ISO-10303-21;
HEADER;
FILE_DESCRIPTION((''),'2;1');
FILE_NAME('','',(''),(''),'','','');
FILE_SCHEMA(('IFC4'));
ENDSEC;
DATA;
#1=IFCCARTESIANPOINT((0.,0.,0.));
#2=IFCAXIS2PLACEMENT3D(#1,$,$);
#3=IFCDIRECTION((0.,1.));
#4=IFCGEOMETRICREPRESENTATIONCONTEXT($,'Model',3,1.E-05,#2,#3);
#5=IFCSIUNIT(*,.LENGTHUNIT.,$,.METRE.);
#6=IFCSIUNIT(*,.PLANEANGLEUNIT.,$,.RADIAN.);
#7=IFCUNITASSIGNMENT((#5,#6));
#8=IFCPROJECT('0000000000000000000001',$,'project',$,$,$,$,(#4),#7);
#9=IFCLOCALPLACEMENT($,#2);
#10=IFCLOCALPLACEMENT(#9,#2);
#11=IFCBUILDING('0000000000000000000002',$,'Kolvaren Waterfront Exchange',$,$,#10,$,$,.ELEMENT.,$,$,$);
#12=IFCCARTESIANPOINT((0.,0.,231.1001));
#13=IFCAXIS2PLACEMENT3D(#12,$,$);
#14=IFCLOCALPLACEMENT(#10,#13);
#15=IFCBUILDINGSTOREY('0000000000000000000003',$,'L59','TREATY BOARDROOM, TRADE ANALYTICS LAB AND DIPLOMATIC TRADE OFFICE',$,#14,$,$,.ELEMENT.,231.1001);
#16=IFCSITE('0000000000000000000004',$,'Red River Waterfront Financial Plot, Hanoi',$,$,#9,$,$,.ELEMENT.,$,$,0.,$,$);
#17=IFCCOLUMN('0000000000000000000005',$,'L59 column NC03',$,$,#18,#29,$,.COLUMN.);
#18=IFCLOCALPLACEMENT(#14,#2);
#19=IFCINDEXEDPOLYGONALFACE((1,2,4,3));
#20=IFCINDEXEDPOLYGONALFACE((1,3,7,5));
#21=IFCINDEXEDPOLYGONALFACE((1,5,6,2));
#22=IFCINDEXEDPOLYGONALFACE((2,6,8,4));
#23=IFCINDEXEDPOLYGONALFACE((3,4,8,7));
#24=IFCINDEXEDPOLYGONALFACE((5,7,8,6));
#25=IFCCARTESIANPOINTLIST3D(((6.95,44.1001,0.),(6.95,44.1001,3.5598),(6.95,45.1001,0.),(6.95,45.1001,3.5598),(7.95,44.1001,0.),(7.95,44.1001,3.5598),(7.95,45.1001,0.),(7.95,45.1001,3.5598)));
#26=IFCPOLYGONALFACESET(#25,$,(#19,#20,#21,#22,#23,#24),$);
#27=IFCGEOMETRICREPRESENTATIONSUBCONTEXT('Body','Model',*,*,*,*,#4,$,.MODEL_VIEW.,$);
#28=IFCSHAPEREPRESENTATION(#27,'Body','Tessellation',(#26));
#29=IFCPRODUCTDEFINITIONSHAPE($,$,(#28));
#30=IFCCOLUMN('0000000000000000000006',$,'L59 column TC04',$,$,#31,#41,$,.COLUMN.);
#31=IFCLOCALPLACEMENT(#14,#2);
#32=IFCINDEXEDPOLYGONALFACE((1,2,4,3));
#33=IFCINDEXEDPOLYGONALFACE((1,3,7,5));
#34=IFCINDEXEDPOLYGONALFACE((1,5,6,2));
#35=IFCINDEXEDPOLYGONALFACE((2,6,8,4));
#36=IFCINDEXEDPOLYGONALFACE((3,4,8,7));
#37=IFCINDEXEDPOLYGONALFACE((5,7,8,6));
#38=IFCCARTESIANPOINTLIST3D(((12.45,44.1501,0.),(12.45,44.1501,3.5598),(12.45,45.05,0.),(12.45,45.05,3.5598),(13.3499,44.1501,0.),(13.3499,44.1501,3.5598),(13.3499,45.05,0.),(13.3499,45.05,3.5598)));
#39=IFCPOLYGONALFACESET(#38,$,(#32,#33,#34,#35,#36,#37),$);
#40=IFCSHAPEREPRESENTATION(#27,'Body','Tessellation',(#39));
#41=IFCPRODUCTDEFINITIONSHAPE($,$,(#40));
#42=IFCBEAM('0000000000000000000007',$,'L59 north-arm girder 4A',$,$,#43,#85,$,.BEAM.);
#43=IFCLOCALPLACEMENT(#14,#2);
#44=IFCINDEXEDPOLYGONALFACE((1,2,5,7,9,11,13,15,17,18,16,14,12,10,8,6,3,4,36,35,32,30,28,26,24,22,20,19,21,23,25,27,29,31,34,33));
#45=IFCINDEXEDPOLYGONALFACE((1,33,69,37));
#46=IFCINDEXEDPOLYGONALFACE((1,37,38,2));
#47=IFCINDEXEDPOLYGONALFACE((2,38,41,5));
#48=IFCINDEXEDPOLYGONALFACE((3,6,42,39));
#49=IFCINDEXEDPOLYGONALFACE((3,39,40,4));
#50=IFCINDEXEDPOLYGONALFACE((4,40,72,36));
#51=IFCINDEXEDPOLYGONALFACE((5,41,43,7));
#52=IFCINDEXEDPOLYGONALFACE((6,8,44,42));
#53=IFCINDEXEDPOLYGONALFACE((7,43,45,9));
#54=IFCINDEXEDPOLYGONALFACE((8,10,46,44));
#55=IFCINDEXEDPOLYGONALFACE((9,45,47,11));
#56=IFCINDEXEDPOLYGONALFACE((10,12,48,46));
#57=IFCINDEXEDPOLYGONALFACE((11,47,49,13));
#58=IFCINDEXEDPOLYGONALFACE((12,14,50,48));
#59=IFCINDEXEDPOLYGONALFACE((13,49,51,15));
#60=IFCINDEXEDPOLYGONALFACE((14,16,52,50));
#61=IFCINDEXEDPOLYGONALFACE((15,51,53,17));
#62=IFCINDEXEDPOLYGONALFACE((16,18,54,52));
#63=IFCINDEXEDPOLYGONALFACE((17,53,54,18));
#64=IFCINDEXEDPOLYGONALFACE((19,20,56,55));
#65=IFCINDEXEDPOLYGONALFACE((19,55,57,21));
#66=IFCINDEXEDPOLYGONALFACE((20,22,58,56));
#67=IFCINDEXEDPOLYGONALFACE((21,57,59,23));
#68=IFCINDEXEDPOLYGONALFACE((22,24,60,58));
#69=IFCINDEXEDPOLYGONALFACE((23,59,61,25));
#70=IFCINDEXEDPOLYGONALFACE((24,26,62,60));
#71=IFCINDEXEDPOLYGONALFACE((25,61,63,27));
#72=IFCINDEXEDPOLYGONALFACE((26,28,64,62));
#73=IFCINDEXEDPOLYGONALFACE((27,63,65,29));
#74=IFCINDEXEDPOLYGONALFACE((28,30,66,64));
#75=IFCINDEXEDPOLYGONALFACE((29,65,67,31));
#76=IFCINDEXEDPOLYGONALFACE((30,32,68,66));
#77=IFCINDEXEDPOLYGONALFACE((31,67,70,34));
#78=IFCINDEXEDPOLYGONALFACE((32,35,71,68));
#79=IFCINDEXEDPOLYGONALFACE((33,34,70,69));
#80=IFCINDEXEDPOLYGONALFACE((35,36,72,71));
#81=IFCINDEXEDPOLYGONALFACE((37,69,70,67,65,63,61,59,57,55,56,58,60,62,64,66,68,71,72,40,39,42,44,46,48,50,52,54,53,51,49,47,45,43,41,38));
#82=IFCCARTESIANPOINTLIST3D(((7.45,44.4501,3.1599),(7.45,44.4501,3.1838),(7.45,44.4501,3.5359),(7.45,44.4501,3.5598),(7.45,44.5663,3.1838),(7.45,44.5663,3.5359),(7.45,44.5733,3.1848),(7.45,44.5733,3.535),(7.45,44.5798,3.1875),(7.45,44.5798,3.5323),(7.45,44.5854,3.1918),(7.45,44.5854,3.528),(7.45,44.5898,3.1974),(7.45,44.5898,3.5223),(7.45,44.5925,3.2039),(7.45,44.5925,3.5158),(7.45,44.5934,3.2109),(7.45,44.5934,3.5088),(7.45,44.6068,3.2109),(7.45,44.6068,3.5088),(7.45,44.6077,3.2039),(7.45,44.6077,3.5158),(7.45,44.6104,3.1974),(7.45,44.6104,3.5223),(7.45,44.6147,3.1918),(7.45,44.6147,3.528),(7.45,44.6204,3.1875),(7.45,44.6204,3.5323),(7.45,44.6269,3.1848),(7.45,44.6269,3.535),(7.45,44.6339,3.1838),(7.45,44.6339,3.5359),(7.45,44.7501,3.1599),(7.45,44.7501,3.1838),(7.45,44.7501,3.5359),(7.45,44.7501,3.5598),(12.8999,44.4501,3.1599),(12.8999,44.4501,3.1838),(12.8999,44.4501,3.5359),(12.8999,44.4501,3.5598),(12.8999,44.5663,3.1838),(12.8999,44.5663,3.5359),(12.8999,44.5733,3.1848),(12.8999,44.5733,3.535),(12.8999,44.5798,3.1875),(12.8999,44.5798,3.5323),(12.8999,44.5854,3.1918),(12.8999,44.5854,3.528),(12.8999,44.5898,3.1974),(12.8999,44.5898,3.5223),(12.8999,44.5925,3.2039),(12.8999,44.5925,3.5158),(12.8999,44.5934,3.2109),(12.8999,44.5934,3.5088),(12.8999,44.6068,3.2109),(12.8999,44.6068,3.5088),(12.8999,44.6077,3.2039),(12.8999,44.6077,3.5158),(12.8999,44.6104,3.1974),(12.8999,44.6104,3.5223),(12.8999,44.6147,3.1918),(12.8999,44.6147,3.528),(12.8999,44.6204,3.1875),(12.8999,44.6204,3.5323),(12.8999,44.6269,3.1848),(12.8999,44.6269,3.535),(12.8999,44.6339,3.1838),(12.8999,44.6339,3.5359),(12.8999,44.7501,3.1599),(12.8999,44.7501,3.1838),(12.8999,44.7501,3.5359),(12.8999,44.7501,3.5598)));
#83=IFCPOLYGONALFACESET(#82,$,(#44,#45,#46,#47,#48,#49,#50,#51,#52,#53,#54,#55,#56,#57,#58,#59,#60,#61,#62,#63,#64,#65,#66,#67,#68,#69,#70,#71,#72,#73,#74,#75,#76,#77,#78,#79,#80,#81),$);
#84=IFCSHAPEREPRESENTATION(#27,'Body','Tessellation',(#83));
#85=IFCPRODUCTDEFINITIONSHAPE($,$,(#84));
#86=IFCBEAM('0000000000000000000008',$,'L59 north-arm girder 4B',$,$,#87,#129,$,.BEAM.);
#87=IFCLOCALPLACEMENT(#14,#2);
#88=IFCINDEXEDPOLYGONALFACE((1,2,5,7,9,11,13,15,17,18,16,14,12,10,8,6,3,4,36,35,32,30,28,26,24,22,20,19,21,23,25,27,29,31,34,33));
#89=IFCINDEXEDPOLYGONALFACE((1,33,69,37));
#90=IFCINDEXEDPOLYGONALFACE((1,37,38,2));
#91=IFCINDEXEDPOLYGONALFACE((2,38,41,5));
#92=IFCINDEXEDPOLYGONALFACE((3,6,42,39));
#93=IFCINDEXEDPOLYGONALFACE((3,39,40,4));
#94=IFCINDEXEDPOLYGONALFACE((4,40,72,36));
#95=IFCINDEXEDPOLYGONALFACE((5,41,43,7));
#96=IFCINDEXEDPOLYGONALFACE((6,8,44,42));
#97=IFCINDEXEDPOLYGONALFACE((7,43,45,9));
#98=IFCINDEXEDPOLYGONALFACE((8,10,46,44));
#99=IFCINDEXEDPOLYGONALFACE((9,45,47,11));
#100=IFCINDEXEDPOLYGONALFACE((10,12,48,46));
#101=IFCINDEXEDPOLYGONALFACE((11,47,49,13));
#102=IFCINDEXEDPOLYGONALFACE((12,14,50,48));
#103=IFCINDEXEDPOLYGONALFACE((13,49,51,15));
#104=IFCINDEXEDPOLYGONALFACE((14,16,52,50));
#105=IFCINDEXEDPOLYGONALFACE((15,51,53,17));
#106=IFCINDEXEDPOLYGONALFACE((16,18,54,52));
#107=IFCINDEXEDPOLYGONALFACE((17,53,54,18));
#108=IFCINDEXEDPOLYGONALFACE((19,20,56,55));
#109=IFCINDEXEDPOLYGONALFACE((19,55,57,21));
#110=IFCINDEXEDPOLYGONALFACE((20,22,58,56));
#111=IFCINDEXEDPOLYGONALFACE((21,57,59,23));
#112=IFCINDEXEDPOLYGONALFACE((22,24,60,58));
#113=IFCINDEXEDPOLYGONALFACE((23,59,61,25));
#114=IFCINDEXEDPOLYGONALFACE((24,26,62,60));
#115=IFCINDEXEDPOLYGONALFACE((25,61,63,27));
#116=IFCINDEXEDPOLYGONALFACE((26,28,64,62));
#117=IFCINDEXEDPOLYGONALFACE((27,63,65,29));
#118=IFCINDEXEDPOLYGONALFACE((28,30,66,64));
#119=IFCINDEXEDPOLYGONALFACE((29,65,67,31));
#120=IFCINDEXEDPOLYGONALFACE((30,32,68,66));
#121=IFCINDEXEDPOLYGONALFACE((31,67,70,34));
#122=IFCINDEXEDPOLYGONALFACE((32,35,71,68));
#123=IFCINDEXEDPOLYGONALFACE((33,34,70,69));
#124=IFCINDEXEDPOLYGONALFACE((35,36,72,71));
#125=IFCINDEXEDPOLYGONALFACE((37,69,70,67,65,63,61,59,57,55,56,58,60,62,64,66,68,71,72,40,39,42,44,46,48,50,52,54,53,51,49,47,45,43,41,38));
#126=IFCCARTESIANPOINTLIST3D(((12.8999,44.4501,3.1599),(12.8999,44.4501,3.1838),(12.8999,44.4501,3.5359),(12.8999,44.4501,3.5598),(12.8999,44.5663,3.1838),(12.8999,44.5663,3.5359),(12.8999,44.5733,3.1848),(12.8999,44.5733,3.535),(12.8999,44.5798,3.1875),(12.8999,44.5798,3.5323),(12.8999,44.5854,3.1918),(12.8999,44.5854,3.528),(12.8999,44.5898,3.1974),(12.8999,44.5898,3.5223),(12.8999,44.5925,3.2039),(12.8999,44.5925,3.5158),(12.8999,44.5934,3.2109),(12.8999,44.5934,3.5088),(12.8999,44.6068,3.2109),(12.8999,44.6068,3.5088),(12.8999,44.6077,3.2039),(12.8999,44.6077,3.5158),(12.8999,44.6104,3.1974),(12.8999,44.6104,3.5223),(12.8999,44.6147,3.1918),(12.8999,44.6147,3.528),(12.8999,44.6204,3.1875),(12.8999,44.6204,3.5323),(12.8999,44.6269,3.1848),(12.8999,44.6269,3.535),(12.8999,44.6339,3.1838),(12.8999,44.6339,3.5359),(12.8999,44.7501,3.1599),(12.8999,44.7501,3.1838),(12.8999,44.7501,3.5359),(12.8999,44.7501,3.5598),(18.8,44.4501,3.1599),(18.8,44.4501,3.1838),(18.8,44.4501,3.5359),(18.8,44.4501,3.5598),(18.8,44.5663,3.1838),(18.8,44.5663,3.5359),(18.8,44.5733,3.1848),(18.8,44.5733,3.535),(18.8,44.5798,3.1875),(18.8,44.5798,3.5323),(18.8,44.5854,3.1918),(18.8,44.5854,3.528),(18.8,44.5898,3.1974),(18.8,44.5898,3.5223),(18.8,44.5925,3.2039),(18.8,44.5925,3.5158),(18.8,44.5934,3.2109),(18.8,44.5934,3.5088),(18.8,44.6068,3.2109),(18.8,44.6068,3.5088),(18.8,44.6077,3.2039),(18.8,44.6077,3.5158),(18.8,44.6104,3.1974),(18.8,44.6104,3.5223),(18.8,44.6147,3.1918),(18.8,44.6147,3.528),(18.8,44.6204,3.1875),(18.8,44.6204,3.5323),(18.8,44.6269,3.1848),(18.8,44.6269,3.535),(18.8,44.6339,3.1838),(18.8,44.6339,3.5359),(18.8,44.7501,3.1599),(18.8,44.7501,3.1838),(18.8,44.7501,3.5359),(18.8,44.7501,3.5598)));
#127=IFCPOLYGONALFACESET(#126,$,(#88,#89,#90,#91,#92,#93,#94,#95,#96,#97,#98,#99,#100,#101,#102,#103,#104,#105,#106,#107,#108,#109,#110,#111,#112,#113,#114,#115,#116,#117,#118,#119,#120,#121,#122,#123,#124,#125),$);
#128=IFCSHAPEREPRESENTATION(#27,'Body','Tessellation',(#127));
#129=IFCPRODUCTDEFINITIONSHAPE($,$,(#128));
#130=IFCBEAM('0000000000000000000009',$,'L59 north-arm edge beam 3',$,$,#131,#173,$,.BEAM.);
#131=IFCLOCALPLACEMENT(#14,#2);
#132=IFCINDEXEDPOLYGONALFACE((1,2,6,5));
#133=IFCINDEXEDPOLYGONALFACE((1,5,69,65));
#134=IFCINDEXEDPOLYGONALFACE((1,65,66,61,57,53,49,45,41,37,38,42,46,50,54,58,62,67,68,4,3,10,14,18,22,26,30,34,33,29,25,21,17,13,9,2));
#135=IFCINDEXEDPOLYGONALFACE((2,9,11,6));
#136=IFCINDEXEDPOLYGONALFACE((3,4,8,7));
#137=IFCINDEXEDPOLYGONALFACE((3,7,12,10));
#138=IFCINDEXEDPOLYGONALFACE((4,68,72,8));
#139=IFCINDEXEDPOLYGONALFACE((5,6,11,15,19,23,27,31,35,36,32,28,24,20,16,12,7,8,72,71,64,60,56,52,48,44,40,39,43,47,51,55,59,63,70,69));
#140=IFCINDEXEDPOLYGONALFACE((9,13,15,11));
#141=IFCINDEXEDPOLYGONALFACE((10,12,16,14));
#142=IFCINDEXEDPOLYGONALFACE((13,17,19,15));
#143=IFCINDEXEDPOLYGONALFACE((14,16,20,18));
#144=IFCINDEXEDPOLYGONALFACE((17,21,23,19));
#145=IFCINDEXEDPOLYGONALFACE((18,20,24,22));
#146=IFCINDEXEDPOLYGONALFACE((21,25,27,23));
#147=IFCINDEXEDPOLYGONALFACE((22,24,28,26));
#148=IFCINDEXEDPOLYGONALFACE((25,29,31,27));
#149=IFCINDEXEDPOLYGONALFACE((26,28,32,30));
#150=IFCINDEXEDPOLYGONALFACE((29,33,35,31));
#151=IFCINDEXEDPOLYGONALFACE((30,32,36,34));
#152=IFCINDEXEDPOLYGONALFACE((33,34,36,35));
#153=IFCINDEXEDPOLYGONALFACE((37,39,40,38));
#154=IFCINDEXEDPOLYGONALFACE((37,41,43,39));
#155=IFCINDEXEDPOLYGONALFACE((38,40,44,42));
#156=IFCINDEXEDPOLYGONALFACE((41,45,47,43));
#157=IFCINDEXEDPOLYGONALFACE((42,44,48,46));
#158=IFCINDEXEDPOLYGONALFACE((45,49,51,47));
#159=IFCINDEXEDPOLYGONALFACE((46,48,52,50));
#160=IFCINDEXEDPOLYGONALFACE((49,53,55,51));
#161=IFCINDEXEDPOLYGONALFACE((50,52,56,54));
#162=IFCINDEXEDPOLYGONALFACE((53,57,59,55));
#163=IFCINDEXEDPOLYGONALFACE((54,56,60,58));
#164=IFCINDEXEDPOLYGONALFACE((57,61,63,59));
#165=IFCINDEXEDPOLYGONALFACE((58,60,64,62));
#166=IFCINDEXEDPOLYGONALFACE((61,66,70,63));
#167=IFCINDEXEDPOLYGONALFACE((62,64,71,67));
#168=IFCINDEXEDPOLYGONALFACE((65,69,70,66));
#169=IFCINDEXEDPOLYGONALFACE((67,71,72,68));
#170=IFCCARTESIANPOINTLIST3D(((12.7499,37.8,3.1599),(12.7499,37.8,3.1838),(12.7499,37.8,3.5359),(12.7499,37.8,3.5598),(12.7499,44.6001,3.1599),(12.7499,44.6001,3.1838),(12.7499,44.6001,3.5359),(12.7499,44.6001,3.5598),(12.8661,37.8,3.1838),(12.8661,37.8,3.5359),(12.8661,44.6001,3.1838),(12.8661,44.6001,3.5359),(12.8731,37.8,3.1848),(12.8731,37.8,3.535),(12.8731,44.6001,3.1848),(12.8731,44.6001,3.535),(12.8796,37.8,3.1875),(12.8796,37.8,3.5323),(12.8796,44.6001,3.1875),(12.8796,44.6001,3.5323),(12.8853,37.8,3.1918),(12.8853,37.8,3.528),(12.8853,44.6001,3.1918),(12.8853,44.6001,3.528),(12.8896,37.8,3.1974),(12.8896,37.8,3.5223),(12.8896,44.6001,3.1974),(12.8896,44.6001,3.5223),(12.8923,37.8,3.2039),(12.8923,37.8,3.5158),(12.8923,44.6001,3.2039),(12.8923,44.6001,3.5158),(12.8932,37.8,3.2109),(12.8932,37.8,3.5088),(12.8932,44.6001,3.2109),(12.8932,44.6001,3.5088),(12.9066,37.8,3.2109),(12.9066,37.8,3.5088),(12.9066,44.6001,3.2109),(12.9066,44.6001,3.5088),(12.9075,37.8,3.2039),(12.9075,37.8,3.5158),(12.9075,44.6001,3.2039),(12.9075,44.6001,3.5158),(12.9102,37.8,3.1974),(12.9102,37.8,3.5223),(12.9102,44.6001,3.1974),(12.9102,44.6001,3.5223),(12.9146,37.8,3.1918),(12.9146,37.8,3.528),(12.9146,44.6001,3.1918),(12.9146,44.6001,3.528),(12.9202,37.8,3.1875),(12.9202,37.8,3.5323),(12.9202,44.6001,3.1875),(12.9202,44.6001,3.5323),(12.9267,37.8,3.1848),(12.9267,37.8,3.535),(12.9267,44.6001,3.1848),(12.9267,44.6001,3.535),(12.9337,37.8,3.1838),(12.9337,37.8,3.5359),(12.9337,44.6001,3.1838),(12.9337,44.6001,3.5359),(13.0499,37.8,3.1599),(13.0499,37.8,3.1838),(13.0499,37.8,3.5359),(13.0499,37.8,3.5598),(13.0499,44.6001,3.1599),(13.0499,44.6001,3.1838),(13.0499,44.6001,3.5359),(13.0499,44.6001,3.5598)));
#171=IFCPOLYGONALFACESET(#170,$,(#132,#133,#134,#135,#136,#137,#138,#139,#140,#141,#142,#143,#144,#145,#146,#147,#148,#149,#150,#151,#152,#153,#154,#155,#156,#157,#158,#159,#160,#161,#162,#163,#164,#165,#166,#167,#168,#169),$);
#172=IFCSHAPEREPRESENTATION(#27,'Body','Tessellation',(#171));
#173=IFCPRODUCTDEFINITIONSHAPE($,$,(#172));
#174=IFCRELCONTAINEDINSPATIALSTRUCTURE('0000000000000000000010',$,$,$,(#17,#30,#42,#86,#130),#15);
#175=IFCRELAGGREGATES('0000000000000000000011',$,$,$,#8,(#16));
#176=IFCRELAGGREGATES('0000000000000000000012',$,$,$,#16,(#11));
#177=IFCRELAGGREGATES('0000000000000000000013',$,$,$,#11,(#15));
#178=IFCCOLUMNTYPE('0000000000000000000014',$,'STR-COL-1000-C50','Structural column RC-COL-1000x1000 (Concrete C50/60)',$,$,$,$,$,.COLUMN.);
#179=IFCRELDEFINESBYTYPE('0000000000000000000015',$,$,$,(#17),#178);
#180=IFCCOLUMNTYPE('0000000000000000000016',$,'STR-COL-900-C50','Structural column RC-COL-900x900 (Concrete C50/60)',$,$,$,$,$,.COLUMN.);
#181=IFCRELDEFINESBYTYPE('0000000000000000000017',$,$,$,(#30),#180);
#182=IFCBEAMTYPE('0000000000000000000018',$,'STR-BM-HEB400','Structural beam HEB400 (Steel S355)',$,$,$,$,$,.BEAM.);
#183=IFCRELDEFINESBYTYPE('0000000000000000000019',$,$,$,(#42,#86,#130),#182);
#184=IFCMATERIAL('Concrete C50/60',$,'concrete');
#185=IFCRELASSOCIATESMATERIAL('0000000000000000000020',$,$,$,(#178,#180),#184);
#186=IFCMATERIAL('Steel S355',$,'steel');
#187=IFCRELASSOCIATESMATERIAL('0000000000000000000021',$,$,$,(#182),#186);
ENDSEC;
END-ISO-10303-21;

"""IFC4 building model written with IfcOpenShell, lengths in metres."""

from ifc_helpers import new_model, si_unit, direction, frame, origin, origin_2d, place, context, subcontext, project, spatial, rectangle, i_section, extrude, material, material_profile, profile_set, type_object, element, save


model = new_model("IFC4")

# Units and contexts
model_context = context("Model", 3, precision=1e-05, world=origin(), true_north=direction((0.0, 1.0)))
body_context = subcontext(model_context, "Body", "Model", "MODEL_VIEW")
ifc_project = project(units=[si_unit("LENGTHUNIT", "METRE"), si_unit("PLANEANGLEUNIT", "RADIAN")], contexts=[model_context])

# Site, building, storey
site_placement = place(None, origin())
site = spatial("IfcSite", under=ifc_project, at=site_placement, Name="Red River Waterfront Financial Plot, Hanoi", CompositionType="ELEMENT", RefElevation=0.0)
building_placement = place(site_placement, origin())
building = spatial("IfcBuilding", under=site, at=building_placement, Name="Kolvaren Waterfront Exchange", CompositionType="ELEMENT")
storey_placement = place(building_placement, frame((0.0, 0.0, 231.1001)))
storey = spatial("IfcBuildingStorey", under=building, at=storey_placement, Name="L59", Description="TREATY BOARDROOM, TRADE ANALYTICS LAB AND DIPLOMATIC TRADE OFFICE", CompositionType="ELEMENT", Elevation=231.1001)

# Columns
ifc_material_1 = material(Name="Concrete C50/60", Category="concrete")
ifc_material_profile_1 = material_profile(ifc_material_1, rectangle(XDim=1.0, YDim=1.0, at=origin_2d()), Name="RC-COL-1000x1000")
ifc_profile_set_1 = profile_set([ifc_material_profile_1], Name="Concrete C50/60")
column_type_1 = type_object("IfcColumnType", Name="STR-COL-1000-C50", Description="Structural column RC-COL-1000x1000 (Concrete C50/60)", PredefinedType="COLUMN", material=ifc_profile_set_1)
column_1_placement = place(storey_placement, frame((7.45, 44.6001, 0.0), z_axis=(0.0, 0.0, 1.0), x_axis=(1.0, 0.0, 0.0)))
element("IfcColumn", 1, at=column_1_placement, inside=storey, type_object=column_type_1, Name="L59 column NC03", PredefinedType="COLUMN", context=body_context, shape_type="SweptSolid", body=[
    extrude(rectangle(XDim=1.0, YDim=1.0, at=origin_2d()), origin(), (0.0, 0.0, 1.0), 3.5598),
])
ifc_material_profile_2 = material_profile(ifc_material_1, rectangle(XDim=0.8999, YDim=0.8999, at=origin_2d()), Name="RC-COL-900x900")
ifc_profile_set_2 = profile_set([ifc_material_profile_2], Name="Concrete C50/60")
column_type_2 = type_object("IfcColumnType", Name="STR-COL-900-C50", Description="Structural column RC-COL-900x900 (Concrete C50/60)", PredefinedType="COLUMN", material=ifc_profile_set_2)
column_2_placement = place(storey_placement, frame((12.8999, 44.6001, 0.0), z_axis=(0.0, 0.0, 1.0), x_axis=(1.0, 0.0, 0.0)))
element("IfcColumn", 2, at=column_2_placement, inside=storey, type_object=column_type_2, Name="L59 column TC04", PredefinedType="COLUMN", context=body_context, shape_type="SweptSolid", body=[
    extrude(rectangle(XDim=0.8999, YDim=0.8999, at=origin_2d()), origin(), (0.0, 0.0, 1.0), 3.5598),
])

# Beams
ifc_material_2 = material(Name="Steel S355", Category="steel")
ifc_material_profile_3 = material_profile(ifc_material_2, i_section(OverallWidth=0.3, OverallDepth=0.3999, WebThickness=0.0134, FlangeThickness=0.0239, FilletRadius=0.0271, at=origin_2d()), Name="HEB400")
ifc_profile_set_3 = profile_set([ifc_material_profile_3], Name="Steel S355")
beam_type_1 = type_object("IfcBeamType", Name="STR-BM-HEB400", Description="Structural beam HEB400 (Steel S355)", PredefinedType="BEAM", material=ifc_profile_set_3)
beam_1_placement = place(storey_placement, frame((7.45, 44.6001, 3.3599), z_axis=(1.0, 0.0, 0.0), x_axis=(0.0, 1.0, 0.0)))
element("IfcBeam", 3, at=beam_1_placement, inside=storey, type_object=beam_type_1, Name="L59 north-arm girder 4A", PredefinedType="BEAM", context=body_context, shape_type="SweptSolid", body=[
    extrude(i_section(OverallWidth=0.3, OverallDepth=0.3999, WebThickness=0.0134, FlangeThickness=0.0239, FilletRadius=0.0271, at=origin_2d()), origin(), (0.0, 0.0, 1.0), 5.45),
])
beam_2_placement = place(storey_placement, frame((12.8999, 44.6001, 3.3599), z_axis=(1.0, 0.0, 0.0), x_axis=(0.0, 1.0, 0.0)))
element("IfcBeam", 4, at=beam_2_placement, inside=storey, type_object=beam_type_1, Name="L59 north-arm girder 4B", PredefinedType="BEAM", context=body_context, shape_type="SweptSolid", body=[
    extrude(i_section(OverallWidth=0.3, OverallDepth=0.3999, WebThickness=0.0134, FlangeThickness=0.0239, FilletRadius=0.0271, at=origin_2d()), origin(), (0.0, 0.0, 1.0), 5.9001),
])
beam_3_placement = place(storey_placement, frame((12.8999, 37.8, 3.3599), z_axis=(0.0, 1.0, 0.0), x_axis=(-1.0, 0.0, 0.0)))
element("IfcBeam", 5, at=beam_3_placement, inside=storey, type_object=beam_type_1, Name="L59 north-arm edge beam 3", PredefinedType="BEAM", context=body_context, shape_type="SweptSolid", body=[
    extrude(i_section(OverallWidth=0.3, OverallDepth=0.3999, WebThickness=0.0134, FlangeThickness=0.0239, FilletRadius=0.0271, at=origin_2d()), origin(), (0.0, 0.0, 1.0), 6.8),
])

save(model, "model.ifc")
